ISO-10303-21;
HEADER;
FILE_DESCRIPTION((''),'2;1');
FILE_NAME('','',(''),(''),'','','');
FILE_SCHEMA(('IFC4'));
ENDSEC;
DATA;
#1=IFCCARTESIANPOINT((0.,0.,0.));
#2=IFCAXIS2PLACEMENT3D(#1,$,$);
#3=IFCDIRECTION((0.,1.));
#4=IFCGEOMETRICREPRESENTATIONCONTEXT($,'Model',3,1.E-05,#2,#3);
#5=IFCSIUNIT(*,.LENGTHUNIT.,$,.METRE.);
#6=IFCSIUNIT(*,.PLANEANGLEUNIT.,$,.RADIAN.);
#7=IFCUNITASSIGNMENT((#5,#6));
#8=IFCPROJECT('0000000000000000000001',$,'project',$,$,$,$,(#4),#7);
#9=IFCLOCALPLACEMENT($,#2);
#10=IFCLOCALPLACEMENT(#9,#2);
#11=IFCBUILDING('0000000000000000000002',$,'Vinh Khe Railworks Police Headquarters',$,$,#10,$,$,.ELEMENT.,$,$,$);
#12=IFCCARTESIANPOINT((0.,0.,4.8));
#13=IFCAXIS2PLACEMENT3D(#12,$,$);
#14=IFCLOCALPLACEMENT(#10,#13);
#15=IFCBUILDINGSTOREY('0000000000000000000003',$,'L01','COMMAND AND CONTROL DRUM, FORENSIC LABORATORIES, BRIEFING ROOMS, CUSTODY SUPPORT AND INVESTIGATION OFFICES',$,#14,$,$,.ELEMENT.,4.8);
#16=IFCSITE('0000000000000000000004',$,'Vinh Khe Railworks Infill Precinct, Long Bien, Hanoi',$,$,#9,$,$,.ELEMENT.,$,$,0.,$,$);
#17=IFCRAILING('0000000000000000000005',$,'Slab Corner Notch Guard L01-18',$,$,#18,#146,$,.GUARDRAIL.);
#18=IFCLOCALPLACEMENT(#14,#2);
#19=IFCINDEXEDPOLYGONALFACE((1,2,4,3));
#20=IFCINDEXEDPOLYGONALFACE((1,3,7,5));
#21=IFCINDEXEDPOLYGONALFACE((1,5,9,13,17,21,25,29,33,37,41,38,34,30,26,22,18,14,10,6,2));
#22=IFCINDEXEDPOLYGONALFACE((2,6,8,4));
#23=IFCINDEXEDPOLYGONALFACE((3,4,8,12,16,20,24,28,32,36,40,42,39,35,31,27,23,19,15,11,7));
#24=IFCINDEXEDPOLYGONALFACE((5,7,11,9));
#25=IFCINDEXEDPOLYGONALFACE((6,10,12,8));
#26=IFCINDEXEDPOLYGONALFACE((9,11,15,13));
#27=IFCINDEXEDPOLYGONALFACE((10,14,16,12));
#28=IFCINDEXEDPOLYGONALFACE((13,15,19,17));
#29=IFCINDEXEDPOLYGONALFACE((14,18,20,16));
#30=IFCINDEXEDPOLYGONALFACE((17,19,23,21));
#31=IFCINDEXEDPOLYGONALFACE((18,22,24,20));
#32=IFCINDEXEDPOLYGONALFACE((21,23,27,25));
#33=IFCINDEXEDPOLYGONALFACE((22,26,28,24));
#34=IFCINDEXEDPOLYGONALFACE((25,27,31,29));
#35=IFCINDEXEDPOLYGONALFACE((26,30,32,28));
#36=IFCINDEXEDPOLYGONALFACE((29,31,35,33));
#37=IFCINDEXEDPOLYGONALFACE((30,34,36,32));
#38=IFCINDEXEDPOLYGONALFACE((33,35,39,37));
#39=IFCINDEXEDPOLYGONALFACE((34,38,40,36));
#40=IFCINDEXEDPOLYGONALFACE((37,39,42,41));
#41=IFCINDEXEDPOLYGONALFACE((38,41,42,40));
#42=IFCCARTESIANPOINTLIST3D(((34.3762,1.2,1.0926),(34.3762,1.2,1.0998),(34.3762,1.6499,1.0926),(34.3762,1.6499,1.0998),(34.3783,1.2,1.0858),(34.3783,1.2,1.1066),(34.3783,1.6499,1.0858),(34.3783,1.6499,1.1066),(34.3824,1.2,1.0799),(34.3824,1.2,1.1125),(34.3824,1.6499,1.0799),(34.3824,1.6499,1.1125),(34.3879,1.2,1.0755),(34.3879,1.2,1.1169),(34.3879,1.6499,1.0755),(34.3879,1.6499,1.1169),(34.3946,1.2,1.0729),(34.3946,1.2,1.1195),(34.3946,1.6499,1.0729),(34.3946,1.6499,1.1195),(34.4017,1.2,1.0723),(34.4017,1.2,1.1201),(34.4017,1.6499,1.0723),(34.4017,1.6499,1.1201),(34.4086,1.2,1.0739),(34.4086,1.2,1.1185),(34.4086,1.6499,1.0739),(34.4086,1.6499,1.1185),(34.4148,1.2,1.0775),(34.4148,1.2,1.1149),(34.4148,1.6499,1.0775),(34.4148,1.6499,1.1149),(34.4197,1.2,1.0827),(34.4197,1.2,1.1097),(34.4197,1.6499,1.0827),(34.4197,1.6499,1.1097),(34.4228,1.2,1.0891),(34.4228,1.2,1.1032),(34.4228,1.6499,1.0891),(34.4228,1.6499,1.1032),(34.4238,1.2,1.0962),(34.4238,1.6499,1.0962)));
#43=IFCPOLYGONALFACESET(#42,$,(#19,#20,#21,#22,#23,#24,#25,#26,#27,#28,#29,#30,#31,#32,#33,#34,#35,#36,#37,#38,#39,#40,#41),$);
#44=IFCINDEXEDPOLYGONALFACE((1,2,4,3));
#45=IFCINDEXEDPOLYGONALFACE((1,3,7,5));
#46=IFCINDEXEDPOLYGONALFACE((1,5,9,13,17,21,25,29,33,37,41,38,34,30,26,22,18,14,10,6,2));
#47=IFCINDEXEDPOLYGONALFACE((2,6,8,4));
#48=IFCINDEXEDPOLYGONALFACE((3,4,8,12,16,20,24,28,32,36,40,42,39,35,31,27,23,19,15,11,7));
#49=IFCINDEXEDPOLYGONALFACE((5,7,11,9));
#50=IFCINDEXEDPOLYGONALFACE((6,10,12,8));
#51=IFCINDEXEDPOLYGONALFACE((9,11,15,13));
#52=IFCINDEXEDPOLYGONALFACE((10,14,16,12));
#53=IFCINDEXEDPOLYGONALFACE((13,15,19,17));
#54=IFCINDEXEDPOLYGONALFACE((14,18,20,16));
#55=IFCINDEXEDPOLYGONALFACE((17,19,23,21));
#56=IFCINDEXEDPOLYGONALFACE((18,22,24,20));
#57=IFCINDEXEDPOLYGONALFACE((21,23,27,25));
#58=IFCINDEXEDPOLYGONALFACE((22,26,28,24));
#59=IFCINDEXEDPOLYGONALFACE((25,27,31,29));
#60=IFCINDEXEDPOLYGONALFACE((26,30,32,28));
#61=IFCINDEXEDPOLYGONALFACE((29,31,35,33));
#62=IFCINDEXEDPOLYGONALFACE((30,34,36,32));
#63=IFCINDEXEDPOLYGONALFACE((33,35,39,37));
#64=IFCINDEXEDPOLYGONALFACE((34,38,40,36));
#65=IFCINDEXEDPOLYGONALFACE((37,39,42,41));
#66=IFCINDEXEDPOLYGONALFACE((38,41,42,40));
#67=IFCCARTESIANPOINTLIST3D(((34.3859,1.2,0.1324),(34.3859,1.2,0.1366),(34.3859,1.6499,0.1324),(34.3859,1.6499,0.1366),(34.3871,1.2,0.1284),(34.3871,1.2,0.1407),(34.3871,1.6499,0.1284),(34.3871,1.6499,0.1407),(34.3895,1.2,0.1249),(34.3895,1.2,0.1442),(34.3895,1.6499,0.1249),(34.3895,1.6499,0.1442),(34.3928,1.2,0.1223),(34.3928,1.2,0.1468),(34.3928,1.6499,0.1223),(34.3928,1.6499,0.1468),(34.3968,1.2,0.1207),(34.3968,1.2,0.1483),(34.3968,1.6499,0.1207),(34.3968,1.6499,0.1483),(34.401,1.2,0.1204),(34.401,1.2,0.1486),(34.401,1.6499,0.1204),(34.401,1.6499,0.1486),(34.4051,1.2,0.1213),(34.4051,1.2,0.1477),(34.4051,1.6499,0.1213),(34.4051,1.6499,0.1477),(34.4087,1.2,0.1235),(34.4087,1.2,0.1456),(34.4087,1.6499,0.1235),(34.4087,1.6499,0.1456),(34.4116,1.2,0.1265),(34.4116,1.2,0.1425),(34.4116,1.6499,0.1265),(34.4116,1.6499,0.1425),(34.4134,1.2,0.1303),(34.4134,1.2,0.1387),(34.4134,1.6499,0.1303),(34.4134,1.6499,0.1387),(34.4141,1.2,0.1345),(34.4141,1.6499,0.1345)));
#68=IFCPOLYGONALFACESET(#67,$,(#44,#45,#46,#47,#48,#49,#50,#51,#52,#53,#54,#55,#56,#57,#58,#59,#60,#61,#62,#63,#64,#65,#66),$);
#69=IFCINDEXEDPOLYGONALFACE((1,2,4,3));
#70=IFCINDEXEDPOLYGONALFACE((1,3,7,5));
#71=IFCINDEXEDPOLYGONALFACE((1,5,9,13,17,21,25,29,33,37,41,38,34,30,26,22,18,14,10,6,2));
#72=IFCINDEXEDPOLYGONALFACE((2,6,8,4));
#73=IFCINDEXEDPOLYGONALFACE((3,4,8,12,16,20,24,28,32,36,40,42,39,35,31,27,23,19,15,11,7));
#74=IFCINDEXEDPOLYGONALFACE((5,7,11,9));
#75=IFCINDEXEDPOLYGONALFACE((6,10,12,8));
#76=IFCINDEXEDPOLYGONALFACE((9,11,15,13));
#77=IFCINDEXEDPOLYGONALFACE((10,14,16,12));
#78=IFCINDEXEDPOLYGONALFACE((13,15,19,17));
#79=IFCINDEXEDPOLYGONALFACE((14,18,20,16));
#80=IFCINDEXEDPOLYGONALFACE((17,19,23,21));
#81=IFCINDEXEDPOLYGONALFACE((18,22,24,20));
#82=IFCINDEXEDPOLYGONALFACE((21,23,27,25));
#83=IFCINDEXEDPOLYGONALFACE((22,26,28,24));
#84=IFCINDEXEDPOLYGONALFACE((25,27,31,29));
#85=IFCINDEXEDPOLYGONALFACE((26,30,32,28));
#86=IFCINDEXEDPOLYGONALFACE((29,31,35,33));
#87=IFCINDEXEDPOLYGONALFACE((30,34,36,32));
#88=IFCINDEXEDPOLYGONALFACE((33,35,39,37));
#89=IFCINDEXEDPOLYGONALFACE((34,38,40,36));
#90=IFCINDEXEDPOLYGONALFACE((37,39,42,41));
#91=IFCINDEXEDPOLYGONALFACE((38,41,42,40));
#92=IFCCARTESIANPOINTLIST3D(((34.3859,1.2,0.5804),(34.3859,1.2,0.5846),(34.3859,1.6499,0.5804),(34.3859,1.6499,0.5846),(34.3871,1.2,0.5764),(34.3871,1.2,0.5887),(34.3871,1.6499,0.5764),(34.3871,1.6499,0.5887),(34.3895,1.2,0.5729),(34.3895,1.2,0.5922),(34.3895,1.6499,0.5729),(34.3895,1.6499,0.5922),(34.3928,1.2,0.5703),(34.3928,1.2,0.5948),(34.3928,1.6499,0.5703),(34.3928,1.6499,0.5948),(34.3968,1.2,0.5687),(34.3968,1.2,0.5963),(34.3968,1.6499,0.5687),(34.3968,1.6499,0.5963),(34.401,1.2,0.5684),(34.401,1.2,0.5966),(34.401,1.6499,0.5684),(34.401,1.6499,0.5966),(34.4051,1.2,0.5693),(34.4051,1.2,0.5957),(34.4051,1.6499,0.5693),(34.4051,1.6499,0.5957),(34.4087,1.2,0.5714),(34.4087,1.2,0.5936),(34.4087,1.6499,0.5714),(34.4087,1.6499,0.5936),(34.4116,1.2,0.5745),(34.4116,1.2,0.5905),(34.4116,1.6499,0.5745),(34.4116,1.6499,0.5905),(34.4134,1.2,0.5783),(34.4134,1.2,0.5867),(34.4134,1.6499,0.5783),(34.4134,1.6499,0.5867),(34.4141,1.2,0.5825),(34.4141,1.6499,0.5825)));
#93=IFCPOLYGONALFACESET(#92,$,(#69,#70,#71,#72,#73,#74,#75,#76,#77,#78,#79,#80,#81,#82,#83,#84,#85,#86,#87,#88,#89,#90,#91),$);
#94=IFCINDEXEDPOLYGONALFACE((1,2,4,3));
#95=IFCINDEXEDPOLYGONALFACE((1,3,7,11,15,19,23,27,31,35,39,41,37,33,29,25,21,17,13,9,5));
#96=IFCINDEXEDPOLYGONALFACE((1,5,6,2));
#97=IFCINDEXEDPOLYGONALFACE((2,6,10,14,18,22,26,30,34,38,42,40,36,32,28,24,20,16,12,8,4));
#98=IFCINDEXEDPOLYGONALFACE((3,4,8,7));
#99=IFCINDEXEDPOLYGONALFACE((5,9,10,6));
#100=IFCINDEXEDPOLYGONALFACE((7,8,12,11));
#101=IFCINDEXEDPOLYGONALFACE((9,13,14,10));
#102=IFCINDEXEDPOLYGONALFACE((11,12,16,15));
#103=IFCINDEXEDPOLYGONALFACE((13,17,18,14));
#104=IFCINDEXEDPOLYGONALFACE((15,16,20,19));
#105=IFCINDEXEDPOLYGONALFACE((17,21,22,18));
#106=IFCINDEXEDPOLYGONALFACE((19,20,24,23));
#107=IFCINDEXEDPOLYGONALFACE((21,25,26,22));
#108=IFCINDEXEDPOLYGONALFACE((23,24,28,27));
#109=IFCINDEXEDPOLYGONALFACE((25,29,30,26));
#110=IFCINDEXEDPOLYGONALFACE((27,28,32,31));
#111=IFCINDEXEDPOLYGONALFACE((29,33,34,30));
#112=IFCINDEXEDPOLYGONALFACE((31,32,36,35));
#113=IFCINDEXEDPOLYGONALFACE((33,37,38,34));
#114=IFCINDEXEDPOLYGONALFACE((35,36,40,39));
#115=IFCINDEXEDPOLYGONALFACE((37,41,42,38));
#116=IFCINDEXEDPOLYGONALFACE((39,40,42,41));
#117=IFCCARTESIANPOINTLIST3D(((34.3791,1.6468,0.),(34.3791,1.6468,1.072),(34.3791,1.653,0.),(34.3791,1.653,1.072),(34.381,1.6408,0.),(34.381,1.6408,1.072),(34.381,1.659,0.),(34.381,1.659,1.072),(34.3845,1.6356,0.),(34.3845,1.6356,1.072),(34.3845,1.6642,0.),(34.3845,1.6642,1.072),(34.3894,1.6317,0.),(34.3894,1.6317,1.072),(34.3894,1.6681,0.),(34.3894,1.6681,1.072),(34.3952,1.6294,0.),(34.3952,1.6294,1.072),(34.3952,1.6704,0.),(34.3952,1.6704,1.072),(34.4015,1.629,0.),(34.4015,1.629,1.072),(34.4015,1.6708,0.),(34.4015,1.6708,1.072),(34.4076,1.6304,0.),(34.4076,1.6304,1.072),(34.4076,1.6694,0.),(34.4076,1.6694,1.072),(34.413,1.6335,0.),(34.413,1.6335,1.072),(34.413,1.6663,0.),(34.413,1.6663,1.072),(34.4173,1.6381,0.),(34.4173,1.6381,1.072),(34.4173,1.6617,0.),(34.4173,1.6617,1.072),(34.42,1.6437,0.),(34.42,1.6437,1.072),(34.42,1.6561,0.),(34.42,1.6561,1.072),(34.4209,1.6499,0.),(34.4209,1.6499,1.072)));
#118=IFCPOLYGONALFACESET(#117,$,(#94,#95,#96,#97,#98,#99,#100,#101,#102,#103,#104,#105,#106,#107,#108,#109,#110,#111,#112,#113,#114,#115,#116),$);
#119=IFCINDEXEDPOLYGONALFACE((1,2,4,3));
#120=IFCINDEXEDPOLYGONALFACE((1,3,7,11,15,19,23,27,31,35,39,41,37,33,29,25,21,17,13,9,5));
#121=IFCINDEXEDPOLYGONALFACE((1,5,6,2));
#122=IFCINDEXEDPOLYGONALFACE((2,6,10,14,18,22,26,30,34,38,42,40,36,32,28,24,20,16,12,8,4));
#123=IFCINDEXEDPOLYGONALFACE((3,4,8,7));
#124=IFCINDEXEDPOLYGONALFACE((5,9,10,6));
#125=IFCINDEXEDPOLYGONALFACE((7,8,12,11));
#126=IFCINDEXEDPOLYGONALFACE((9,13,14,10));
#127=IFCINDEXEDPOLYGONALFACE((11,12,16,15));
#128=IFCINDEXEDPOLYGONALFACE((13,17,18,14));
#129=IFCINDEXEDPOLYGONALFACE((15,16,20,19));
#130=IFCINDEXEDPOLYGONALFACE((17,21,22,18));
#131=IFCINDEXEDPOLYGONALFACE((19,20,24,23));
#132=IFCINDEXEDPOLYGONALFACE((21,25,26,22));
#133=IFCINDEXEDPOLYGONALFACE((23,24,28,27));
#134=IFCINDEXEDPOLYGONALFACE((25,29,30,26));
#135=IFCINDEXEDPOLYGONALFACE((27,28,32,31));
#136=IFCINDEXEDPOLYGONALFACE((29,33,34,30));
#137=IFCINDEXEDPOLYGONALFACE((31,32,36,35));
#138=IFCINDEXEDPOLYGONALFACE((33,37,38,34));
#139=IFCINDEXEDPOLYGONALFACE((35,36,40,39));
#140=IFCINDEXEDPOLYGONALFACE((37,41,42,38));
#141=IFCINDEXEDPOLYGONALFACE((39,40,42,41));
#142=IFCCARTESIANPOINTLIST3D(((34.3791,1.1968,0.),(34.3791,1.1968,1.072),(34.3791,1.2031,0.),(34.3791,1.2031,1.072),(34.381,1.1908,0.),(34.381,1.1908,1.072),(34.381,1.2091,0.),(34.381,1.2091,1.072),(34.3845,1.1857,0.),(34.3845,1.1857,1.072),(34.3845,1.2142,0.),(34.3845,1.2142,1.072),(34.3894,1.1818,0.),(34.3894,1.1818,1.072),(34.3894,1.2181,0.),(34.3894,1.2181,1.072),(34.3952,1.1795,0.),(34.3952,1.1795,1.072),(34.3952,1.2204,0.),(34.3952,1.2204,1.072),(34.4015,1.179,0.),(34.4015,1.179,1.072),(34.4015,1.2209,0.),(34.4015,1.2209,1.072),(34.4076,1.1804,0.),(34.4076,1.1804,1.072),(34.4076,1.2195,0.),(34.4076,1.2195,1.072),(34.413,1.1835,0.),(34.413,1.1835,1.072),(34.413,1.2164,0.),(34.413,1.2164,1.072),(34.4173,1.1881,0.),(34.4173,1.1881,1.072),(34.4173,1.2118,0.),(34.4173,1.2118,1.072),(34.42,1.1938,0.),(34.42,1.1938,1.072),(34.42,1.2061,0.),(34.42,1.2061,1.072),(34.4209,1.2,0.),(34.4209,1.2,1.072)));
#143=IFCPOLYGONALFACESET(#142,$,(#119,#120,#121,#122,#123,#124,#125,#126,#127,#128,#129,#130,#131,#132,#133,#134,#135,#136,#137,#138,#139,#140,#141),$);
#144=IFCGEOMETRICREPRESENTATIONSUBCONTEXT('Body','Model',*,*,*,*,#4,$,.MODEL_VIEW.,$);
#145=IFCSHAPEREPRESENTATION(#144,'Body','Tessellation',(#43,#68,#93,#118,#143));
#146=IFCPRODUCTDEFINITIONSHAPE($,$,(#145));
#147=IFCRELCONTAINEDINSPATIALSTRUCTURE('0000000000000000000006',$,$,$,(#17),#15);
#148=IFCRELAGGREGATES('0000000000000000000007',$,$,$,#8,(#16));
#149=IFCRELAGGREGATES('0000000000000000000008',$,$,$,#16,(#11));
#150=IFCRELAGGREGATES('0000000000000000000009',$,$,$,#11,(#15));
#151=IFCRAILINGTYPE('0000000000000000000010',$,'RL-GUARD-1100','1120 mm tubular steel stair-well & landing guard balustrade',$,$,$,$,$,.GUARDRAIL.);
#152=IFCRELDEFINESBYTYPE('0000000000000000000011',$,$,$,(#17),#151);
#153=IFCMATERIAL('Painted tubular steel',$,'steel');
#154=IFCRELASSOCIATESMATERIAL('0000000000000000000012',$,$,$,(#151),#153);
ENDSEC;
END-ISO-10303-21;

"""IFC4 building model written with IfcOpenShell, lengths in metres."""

from ifc_helpers import new_model, si_unit, direction, frame, origin, origin_2d, place, context, subcontext, project, spatial, circle, extrude, material, type_object, element, save


model = new_model("IFC4")

# Units and contexts
model_context = context("Model", 3, precision=1e-05, world=origin(), true_north=direction((0.0, 1.0)))
body_context = subcontext(model_context, "Body", "Model", "MODEL_VIEW")
ifc_project = project(units=[si_unit("LENGTHUNIT", "METRE"), si_unit("PLANEANGLEUNIT", "RADIAN")], contexts=[model_context])

# Site, building, storey
site_placement = place(None, origin())
site = spatial("IfcSite", under=ifc_project, at=site_placement, Name="Vinh Khe Railworks Infill Precinct, Long Bien, Hanoi", CompositionType="ELEMENT", RefElevation=0.0)
building_placement = place(site_placement, origin())
building = spatial("IfcBuilding", under=site, at=building_placement, Name="Vinh Khe Railworks Police Headquarters", CompositionType="ELEMENT")
storey_placement = place(building_placement, frame((0.0, 0.0, 4.8)))
storey = spatial("IfcBuildingStorey", under=building, at=storey_placement, Name="L01", Description="COMMAND AND CONTROL DRUM, FORENSIC LABORATORIES, BRIEFING ROOMS, CUSTODY SUPPORT AND INVESTIGATION OFFICES", CompositionType="ELEMENT", Elevation=4.8)

# Railing
ifc_material_1 = material(Name="Painted tubular steel", Category="steel")
railing_type = type_object("IfcRailingType", Name="RL-GUARD-1100", Description="1120 mm tubular steel stair-well & landing guard balustrade", PredefinedType="GUARDRAIL", material=ifc_material_1)
railing_1_placement = place(storey_placement, frame((34.3999, 1.6499, 0.0)))
element("IfcRailing", 1, at=railing_1_placement, inside=storey, type_object=railing_type, Name="Slab Corner Notch Guard L01-18", PredefinedType="GUARDRAIL", context=body_context, shape_type="SweptSolid", body=[
    extrude(circle(Radius=0.0239, at=origin_2d()), frame((0.0, 0.0, 1.0962), z_axis=(0.0, -1.0, 0.0), x_axis=(1.0, 0.0, 0.0)), (0.0, 0.0, 1.0), 0.45),
    extrude(circle(Radius=0.0142, at=origin_2d()), frame((0.0, 0.0, 0.1345), z_axis=(0.0, -1.0, 0.0), x_axis=(1.0, 0.0, 0.0)), (0.0, 0.0, 1.0), 0.45),
    extrude(circle(Radius=0.0142, at=origin_2d()), frame((0.0, 0.0, 0.5825), z_axis=(0.0, -1.0, 0.0), x_axis=(1.0, 0.0, 0.0)), (0.0, 0.0, 1.0), 0.45),
    extrude(circle(Radius=0.021, at=origin_2d()), origin(), (0.0, 0.0, 1.0), 1.072),
    extrude(circle(Radius=0.021, at=origin_2d()), frame((0.0, -0.45, 0.0)), (0.0, 0.0, 1.0), 1.072),
])

save(model, "model.ifc")
